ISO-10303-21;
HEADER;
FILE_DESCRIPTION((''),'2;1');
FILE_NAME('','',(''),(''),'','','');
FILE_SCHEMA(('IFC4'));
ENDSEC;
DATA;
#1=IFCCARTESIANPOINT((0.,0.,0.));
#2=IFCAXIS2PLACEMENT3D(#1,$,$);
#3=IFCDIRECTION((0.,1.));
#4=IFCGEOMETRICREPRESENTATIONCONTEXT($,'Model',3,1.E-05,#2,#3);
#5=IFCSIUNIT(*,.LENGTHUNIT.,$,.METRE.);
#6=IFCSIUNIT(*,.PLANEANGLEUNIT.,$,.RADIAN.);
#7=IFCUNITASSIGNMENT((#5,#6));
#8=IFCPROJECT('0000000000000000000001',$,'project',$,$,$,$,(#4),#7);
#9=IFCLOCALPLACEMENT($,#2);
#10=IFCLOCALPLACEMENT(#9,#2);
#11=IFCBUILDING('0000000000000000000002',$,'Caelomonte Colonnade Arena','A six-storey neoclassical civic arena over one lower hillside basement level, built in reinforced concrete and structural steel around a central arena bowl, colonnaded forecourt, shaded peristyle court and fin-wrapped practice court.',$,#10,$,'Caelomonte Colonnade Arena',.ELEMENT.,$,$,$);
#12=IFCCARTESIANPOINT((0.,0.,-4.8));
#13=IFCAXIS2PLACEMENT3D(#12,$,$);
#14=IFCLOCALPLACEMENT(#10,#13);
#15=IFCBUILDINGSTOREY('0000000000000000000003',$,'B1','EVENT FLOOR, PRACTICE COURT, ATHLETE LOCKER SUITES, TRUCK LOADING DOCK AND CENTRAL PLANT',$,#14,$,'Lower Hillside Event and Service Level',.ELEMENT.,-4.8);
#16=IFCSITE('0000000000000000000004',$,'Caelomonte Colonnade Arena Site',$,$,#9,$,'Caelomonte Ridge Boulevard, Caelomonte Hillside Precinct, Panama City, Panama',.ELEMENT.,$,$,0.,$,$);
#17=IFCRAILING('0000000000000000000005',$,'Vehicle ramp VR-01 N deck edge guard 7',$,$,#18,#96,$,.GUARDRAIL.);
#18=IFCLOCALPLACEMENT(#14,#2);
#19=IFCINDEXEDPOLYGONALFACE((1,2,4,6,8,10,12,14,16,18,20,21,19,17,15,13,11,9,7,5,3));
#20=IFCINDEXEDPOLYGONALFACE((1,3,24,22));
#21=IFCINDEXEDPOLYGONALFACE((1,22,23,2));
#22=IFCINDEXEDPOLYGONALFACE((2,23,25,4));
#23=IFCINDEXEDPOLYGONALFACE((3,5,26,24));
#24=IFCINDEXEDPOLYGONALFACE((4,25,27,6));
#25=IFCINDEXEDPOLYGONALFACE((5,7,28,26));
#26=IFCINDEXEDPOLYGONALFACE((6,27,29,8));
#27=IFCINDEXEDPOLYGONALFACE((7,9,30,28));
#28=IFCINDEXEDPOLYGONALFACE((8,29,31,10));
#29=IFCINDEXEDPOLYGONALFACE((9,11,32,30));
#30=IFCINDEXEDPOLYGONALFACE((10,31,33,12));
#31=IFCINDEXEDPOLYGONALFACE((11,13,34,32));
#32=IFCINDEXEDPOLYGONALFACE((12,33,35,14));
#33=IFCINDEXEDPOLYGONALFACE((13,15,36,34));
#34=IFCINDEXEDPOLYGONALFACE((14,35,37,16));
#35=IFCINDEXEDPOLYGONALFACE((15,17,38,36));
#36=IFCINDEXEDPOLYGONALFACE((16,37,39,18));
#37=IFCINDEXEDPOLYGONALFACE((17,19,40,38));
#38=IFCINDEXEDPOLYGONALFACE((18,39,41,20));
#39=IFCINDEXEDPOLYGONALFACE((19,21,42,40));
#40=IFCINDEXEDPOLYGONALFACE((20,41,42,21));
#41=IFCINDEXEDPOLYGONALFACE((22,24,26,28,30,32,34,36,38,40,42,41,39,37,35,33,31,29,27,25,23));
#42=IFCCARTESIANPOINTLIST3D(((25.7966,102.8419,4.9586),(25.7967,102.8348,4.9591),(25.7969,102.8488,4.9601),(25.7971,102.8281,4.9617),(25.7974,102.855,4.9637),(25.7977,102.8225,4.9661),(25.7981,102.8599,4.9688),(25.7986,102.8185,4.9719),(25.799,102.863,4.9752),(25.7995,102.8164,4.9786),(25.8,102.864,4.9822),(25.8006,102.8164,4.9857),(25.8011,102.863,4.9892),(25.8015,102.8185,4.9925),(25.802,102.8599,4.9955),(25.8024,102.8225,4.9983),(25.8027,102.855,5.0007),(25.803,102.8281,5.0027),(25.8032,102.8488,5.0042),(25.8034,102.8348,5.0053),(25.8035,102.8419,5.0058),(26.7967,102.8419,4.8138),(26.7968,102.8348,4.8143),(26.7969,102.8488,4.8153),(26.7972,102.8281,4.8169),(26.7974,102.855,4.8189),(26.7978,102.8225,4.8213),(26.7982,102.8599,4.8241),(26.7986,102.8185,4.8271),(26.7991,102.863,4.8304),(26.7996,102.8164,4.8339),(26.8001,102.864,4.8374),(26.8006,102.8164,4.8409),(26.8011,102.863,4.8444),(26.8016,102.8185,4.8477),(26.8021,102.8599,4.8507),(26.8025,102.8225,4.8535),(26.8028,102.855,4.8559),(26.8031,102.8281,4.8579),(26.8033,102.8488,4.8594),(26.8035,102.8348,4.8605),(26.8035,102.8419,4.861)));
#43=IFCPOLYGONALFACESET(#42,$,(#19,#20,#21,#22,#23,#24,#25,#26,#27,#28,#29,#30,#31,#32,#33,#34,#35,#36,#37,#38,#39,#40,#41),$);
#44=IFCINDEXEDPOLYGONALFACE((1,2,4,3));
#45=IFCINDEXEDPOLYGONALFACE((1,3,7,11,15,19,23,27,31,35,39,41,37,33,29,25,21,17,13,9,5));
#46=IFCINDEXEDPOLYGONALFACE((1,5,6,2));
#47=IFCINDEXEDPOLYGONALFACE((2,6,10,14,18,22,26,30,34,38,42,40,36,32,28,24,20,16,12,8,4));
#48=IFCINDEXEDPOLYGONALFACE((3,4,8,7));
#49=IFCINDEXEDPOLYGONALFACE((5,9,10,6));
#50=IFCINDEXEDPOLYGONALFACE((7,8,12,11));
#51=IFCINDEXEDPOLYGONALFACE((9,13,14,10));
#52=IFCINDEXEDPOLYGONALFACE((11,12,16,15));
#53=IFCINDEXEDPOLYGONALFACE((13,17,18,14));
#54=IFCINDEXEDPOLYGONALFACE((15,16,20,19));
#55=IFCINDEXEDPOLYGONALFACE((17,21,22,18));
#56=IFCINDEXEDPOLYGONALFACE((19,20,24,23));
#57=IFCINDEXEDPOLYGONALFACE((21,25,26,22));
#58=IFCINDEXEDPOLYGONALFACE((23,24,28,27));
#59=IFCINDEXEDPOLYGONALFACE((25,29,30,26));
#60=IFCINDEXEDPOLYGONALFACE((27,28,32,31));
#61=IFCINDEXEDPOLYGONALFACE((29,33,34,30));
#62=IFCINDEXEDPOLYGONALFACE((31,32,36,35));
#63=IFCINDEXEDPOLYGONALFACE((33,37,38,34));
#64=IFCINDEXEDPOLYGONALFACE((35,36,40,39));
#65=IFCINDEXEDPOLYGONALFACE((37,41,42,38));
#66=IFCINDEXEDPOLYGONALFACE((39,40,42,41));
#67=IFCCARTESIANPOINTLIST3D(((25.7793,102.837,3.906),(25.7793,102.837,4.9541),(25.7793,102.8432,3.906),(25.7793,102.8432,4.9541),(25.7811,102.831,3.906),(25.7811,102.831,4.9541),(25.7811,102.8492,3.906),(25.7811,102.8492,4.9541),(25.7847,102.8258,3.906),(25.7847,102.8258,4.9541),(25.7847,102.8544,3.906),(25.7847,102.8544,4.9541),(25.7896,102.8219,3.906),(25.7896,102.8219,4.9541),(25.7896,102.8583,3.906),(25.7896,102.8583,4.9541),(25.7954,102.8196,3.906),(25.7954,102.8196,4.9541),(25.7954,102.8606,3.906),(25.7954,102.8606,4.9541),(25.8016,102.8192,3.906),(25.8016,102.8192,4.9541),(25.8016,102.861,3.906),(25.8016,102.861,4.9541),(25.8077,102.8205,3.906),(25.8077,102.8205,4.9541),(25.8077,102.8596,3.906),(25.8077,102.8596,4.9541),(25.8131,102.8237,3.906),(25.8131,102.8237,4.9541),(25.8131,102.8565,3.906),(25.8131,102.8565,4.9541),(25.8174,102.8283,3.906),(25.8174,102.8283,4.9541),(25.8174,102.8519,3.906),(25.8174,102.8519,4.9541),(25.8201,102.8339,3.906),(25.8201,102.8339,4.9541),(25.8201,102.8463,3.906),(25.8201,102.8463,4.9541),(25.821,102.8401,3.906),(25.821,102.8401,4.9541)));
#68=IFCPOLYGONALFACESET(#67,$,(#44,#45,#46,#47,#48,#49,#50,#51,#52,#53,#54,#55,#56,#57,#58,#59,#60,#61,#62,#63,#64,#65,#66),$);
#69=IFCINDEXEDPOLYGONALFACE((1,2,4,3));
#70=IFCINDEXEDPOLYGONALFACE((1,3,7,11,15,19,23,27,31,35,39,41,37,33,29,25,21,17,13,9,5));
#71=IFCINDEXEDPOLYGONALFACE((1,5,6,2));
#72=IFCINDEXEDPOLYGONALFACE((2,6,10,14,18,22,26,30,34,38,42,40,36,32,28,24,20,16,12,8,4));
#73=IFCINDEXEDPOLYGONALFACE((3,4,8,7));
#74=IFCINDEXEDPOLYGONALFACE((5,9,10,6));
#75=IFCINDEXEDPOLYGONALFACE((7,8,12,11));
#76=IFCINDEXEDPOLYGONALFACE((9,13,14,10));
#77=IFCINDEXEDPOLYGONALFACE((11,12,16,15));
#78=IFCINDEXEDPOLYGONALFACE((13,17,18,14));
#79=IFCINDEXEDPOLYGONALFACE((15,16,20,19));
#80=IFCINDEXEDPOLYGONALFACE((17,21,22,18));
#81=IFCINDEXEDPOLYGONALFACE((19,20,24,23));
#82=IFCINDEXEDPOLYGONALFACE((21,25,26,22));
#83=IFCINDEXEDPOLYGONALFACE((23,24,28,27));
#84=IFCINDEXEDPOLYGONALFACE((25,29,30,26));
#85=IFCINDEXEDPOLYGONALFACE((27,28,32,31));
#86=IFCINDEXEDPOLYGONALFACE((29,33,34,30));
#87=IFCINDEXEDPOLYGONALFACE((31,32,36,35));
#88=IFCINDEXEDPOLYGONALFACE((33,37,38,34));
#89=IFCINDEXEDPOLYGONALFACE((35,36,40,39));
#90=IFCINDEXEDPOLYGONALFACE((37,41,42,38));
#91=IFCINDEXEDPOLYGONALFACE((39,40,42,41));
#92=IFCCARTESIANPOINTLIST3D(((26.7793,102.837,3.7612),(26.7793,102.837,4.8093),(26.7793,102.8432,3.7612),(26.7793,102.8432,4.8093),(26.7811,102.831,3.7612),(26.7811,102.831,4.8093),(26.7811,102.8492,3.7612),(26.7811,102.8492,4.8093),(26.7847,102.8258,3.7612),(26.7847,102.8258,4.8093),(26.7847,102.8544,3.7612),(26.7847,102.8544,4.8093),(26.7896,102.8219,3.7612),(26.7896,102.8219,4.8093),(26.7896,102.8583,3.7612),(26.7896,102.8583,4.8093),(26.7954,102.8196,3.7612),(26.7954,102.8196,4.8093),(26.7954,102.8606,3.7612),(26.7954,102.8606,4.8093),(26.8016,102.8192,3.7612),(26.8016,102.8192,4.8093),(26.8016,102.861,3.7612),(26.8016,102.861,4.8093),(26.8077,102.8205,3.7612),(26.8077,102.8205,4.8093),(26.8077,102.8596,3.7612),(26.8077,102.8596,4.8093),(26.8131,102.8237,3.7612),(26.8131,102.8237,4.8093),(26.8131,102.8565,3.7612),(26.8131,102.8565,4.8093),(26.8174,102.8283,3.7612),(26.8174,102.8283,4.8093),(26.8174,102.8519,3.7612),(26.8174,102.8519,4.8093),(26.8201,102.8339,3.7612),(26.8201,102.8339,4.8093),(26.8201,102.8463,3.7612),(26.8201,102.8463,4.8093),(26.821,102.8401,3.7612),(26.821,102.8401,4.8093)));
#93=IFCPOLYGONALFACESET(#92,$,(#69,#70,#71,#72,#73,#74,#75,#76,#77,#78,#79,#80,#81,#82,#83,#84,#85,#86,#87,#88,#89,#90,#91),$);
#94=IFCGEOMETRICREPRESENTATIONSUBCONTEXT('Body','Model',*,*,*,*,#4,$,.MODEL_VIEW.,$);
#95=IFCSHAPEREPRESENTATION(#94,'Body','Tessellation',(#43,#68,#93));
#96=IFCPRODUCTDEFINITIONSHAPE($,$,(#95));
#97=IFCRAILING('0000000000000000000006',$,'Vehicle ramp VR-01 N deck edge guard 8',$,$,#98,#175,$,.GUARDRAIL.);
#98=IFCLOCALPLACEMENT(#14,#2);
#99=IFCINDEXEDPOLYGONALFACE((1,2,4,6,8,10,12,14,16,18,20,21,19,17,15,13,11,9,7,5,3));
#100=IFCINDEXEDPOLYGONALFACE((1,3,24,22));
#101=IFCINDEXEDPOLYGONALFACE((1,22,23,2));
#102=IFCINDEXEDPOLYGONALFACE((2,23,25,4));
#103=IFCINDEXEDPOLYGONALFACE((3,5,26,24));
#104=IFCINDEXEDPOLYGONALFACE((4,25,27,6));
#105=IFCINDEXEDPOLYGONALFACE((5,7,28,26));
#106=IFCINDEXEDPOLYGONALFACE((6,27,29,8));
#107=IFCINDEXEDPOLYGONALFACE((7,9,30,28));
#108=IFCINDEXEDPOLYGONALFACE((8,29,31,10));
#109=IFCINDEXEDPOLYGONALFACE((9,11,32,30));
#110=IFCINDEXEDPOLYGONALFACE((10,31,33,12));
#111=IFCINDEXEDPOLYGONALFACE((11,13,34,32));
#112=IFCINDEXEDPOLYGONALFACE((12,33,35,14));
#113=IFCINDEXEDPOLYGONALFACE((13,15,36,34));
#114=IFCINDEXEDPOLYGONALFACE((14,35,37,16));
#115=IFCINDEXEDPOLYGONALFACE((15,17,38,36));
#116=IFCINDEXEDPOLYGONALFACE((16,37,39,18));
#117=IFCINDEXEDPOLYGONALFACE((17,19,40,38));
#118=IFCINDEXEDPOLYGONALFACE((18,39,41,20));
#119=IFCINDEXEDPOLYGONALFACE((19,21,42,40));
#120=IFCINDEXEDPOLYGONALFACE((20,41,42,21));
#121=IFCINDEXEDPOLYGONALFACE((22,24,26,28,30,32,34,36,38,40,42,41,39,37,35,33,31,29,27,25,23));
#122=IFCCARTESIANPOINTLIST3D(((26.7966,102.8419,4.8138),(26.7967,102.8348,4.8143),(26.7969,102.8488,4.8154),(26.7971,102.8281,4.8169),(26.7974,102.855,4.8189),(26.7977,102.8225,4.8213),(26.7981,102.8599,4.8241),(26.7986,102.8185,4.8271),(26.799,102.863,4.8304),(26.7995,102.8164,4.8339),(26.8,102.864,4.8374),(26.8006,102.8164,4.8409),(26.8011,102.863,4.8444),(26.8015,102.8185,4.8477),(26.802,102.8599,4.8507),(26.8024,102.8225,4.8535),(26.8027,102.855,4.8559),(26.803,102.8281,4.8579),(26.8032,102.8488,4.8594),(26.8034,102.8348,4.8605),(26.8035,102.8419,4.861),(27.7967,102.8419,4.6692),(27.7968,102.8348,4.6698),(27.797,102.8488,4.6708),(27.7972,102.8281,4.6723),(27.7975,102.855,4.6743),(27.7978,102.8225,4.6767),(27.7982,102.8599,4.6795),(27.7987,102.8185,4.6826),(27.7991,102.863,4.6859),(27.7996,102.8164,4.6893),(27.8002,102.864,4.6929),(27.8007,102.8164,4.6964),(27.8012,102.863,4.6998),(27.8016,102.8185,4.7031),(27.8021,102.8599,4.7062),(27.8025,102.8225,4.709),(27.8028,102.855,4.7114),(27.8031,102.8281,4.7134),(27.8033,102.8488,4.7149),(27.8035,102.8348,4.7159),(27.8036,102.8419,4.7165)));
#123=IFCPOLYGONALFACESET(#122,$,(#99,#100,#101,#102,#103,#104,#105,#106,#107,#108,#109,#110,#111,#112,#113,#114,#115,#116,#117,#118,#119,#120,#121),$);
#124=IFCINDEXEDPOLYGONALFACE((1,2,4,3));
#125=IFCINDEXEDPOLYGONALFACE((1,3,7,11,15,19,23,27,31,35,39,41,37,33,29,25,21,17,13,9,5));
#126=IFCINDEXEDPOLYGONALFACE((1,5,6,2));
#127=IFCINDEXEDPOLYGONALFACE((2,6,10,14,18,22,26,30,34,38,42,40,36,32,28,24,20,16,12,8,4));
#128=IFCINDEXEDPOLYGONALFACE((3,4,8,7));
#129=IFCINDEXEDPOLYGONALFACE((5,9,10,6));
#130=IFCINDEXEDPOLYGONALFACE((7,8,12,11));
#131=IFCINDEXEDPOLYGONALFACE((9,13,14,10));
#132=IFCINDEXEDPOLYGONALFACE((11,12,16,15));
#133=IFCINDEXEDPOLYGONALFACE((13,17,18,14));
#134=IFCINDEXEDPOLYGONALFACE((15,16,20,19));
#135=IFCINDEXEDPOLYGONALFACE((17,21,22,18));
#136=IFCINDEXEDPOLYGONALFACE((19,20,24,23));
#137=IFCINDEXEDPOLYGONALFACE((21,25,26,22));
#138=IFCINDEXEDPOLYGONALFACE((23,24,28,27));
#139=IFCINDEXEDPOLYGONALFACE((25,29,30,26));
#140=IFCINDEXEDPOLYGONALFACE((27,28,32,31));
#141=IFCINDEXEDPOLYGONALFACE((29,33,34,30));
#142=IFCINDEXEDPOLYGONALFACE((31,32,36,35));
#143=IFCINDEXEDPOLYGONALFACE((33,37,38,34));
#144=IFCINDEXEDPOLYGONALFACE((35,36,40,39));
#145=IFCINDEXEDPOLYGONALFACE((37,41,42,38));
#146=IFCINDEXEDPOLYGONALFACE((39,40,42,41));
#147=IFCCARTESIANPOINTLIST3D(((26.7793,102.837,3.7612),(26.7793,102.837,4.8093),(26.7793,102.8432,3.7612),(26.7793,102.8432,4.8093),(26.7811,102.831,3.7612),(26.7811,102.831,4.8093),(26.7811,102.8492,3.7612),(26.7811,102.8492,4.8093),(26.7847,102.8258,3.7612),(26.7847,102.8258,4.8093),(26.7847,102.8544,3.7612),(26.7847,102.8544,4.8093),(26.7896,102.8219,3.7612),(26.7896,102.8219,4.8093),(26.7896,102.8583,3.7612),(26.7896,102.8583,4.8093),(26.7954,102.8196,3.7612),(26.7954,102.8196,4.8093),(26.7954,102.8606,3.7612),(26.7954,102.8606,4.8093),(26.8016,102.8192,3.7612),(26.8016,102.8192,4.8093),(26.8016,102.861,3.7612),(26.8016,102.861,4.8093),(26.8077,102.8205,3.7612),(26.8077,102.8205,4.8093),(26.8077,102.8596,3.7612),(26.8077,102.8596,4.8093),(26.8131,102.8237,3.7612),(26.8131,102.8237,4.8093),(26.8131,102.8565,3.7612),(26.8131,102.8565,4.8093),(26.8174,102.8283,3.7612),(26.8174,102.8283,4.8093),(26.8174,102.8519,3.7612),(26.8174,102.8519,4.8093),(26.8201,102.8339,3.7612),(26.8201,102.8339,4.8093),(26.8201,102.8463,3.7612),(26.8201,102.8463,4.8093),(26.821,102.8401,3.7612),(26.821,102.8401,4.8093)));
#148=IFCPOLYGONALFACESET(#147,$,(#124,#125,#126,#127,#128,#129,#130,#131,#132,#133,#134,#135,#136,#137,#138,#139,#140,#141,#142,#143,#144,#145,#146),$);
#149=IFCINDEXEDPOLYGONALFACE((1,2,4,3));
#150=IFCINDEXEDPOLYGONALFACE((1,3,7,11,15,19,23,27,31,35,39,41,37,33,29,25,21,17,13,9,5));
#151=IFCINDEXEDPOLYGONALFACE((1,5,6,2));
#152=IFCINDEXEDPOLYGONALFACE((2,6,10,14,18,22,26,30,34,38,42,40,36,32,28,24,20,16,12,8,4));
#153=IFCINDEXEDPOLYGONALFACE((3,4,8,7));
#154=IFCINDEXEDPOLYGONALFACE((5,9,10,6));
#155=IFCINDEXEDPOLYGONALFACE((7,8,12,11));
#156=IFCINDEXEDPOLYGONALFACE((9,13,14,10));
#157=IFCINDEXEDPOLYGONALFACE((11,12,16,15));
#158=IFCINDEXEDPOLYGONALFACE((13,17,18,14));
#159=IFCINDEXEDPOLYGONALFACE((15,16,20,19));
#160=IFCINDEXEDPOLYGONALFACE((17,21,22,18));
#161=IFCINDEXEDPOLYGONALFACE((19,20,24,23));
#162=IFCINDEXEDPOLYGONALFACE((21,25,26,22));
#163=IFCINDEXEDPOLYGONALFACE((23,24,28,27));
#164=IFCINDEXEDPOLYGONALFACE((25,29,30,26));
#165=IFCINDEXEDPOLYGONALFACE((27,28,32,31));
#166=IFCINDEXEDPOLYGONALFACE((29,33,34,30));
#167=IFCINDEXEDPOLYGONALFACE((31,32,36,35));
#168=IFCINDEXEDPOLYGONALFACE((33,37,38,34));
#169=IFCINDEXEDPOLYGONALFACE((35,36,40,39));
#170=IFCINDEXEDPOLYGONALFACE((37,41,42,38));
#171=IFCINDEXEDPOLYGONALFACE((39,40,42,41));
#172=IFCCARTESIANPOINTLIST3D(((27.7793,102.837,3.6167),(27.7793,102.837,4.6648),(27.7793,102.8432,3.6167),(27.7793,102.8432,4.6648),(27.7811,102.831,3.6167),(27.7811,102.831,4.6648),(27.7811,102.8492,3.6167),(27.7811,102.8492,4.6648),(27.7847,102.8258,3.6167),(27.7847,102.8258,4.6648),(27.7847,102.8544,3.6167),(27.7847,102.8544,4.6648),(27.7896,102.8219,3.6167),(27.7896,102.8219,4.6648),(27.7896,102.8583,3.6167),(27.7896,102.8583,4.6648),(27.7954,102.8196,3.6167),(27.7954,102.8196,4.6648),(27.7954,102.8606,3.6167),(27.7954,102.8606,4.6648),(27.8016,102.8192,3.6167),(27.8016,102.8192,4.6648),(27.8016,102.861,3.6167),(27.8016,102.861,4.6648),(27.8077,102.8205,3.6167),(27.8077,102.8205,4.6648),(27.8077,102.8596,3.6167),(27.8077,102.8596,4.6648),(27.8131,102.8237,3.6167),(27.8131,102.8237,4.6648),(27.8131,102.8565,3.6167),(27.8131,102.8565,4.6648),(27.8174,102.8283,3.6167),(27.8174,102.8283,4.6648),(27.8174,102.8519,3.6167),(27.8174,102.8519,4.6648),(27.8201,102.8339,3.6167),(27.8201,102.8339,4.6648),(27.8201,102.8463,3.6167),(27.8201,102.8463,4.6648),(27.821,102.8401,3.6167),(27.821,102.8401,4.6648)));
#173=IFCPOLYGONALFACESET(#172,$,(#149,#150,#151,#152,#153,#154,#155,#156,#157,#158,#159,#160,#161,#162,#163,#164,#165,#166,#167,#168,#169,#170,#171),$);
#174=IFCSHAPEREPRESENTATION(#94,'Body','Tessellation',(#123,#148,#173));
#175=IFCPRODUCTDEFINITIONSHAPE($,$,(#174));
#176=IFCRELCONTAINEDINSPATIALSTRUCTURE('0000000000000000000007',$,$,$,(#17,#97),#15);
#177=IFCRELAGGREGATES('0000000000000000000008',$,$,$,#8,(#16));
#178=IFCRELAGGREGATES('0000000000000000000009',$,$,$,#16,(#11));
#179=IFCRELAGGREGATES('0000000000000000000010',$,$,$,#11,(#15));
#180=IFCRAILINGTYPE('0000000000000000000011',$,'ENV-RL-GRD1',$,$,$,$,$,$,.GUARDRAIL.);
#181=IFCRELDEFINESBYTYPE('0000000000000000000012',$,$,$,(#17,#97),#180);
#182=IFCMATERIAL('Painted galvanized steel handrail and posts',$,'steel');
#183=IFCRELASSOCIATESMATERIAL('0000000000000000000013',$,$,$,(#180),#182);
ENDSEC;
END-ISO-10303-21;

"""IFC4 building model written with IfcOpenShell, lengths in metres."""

from ifc_helpers import new_model, si_unit, direction, frame, origin, origin_2d, place, context, subcontext, project, spatial, circle, extrude, material, type_object, element, save


model = new_model("IFC4")

# Units and contexts
model_context = context("Model", 3, precision=1e-05, world=origin(), true_north=direction((0.0, 1.0)))
body_context = subcontext(model_context, "Body", "Model", "MODEL_VIEW")
ifc_project = project(units=[si_unit("LENGTHUNIT", "METRE"), si_unit("PLANEANGLEUNIT", "RADIAN")], contexts=[model_context])

# Site, building, storey
site_placement = place(None, origin())
site = spatial("IfcSite", under=ifc_project, at=site_placement, Name="Caelomonte Colonnade Arena Site", LongName="Caelomonte Ridge Boulevard, Caelomonte Hillside Precinct, Panama City, Panama", CompositionType="ELEMENT", RefElevation=0.0)
building_placement = place(site_placement, origin())
building = spatial("IfcBuilding", under=site, at=building_placement, Name="Caelomonte Colonnade Arena", Description="A six-storey neoclassical civic arena over one lower hillside basement level, built in reinforced concrete and structural steel around a central arena bowl, colonnaded forecourt, shaded peristyle court and fin-wrapped practice court.", LongName="Caelomonte Colonnade Arena", CompositionType="ELEMENT")
storey_placement = place(building_placement, frame((0.0, 0.0, -4.8)))
storey = spatial("IfcBuildingStorey", under=building, at=storey_placement, Name="B1", Description="EVENT FLOOR, PRACTICE COURT, ATHLETE LOCKER SUITES, TRUCK LOADING DOCK AND CENTRAL PLANT", LongName="Lower Hillside Event and Service Level", CompositionType="ELEMENT", Elevation=-4.8)

# Railings
ifc_material_1 = material(Name="Painted galvanized steel handrail and posts", Category="steel")
railing_type = type_object("IfcRailingType", Name="ENV-RL-GRD1", PredefinedType="GUARDRAIL", material=ifc_material_1)
railing_1_placement = place(storey_placement, frame((25.8, 102.8401, 3.906)))
element("IfcRailing", 1, at=railing_1_placement, inside=storey, type_object=railing_type, Name="Vehicle ramp VR-01 N deck edge guard 7", PredefinedType="GUARDRAIL", context=body_context, shape_type="SweptSolid", body=[
    extrude(circle(Radius=0.0239, at=origin_2d()), frame((0.0, 0.0, 1.0762), z_axis=(0.989682, 0.0, -0.143282), x_axis=(0.0, 1.0, 0.0)), (0.0, 0.0, 1.0), 1.0105),
    extrude(circle(Radius=0.021, at=origin_2d()), origin(), (0.0, 0.0, 1.0), 1.0481),
    extrude(circle(Radius=0.021, at=origin_2d()), frame((1.0, 0.0, -0.1448)), (0.0, 0.0, 1.0), 1.0481),
])
for number, where, name in (
    (2, (26.8, 102.8401, 3.7612), "Vehicle ramp VR-01 N deck edge guard 8"),
):
    element("IfcRailing", number, at=place(storey_placement, frame(where)), inside=storey, type_object=railing_type, Name=name, PredefinedType="GUARDRAIL", context=body_context, shape_type="SweptSolid", body=[
        extrude(circle(Radius=0.0239, at=origin_2d()), frame((0.0, 0.0, 1.0762), z_axis=(0.989716, 0.0, -0.143045), x_axis=(0.0, 1.0, 0.0)), (0.0, 0.0, 1.0), 1.0105),
        extrude(circle(Radius=0.021, at=origin_2d()), origin(), (0.0, 0.0, 1.0), 1.0481),
        extrude(circle(Radius=0.021, at=origin_2d()), frame((1.0, 0.0, -0.1445)), (0.0, 0.0, 1.0), 1.0481),
    ])

save(model, "model.ifc")
